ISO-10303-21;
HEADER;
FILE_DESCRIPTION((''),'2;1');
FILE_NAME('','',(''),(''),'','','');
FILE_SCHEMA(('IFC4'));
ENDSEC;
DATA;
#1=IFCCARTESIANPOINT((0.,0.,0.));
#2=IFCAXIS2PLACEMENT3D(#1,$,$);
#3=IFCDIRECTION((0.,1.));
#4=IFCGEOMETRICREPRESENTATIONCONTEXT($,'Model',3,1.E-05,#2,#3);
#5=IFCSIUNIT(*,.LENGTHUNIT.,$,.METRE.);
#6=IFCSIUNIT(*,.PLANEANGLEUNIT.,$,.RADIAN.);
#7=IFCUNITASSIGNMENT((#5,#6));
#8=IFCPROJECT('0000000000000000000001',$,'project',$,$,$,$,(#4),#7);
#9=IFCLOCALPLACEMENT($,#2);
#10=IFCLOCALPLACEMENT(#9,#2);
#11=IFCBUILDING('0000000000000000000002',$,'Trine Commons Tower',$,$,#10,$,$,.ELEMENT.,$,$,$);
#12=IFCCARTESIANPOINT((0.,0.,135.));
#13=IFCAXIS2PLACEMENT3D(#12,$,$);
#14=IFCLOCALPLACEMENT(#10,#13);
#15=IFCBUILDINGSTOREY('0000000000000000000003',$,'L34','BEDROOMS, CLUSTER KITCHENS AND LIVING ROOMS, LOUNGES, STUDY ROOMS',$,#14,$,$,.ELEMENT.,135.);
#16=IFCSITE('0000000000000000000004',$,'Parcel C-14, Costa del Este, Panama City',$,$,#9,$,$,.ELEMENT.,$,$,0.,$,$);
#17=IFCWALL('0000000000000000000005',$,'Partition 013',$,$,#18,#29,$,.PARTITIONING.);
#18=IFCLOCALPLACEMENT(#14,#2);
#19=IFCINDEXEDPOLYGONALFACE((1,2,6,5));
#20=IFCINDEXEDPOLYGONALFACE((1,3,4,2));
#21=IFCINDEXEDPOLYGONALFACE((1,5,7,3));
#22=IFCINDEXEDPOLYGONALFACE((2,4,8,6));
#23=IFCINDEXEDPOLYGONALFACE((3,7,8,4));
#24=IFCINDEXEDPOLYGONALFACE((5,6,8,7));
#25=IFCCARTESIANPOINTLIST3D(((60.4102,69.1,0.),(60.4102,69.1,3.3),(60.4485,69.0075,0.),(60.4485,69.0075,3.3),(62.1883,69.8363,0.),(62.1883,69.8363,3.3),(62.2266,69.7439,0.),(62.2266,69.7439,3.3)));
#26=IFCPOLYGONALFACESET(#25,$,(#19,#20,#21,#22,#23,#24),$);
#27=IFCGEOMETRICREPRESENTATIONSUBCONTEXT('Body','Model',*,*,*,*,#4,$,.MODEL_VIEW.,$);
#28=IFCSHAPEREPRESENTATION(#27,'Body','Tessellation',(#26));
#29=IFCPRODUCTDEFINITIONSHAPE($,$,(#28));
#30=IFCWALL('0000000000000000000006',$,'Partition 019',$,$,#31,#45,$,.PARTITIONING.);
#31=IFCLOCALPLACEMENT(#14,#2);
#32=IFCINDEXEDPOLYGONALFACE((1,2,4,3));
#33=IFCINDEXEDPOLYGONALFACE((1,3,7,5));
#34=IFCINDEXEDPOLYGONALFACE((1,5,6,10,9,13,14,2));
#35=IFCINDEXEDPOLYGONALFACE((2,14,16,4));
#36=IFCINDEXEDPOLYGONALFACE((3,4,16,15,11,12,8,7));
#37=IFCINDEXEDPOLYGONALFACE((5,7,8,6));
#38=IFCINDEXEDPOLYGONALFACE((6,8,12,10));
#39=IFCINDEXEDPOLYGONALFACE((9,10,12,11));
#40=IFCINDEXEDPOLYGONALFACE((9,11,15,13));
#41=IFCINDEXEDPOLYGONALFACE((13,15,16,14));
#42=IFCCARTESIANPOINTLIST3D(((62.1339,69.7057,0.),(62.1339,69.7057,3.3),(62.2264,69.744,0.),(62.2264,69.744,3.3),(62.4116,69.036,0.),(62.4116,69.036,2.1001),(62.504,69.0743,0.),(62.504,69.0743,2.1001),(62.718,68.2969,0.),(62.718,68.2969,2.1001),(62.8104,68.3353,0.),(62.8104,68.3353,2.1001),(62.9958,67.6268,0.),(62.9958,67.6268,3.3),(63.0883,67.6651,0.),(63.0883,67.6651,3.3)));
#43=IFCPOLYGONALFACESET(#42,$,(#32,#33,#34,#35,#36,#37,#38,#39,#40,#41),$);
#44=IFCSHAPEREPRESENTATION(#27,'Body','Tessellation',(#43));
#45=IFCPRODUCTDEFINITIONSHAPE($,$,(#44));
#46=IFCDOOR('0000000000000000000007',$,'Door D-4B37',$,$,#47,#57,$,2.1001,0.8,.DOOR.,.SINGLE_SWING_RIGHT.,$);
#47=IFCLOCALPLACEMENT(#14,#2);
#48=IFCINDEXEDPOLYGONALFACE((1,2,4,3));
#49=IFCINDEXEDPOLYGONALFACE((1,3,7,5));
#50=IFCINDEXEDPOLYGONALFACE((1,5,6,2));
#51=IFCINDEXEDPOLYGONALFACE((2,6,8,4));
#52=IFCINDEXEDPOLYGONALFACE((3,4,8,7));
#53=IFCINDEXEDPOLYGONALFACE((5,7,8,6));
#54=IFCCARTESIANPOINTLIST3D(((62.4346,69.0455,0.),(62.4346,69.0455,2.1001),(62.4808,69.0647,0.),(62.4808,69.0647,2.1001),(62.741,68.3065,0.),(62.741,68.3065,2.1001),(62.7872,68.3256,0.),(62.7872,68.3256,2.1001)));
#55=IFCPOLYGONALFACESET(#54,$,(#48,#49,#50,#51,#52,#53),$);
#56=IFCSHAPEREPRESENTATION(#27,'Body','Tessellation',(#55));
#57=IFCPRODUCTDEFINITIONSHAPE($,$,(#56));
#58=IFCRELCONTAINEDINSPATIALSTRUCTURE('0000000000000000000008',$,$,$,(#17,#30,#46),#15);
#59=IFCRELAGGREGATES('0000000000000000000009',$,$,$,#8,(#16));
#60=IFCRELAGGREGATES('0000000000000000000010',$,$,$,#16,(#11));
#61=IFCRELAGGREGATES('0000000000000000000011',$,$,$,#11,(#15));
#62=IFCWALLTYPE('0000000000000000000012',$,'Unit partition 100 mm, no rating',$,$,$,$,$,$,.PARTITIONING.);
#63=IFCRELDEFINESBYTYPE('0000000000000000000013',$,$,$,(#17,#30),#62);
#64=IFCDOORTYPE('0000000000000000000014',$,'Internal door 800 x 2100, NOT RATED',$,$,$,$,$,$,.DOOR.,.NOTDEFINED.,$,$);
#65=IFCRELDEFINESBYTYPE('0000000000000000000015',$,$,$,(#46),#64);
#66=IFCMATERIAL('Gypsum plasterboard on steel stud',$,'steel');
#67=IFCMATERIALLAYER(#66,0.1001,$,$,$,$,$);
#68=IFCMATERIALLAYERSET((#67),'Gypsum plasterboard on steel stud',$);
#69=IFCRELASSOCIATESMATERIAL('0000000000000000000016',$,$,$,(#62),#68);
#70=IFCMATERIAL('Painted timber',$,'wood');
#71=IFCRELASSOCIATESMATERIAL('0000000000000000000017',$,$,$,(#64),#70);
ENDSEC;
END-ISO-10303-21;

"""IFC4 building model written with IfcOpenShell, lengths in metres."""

from ifc_helpers import new_model, si_unit, direction, frame, frame_2d, origin, place, context, subcontext, project, spatial, rectangle, extrude, material, layer, layer_set, type_object, element, fill, save


model = new_model("IFC4")

# Units and contexts
model_context = context("Model", 3, precision=1e-05, world=origin(), true_north=direction((0.0, 1.0)))
body_context = subcontext(model_context, "Body", "Model", "MODEL_VIEW")
ifc_project = project(units=[si_unit("LENGTHUNIT", "METRE"), si_unit("PLANEANGLEUNIT", "RADIAN")], contexts=[model_context])

# Site, building, storey
site_placement = place(None, origin())
site = spatial("IfcSite", under=ifc_project, at=site_placement, Name="Parcel C-14, Costa del Este, Panama City", CompositionType="ELEMENT", RefElevation=0.0)
building_placement = place(site_placement, origin())
building = spatial("IfcBuilding", under=site, at=building_placement, Name="Trine Commons Tower", CompositionType="ELEMENT")
storey_placement = place(building_placement, frame((0.0, 0.0, 135.0)))
storey = spatial("IfcBuildingStorey", under=building, at=storey_placement, Name="L34", Description="BEDROOMS, CLUSTER KITCHENS AND LIVING ROOMS, LOUNGES, STUDY ROOMS", CompositionType="ELEMENT", Elevation=135.0)

# Shared definitions
ifc_material_1 = material(Name="Gypsum plasterboard on steel stud", Category="steel")

# Shared definitions
ifc_layer_1 = layer(ifc_material_1, 0.1001)
ifc_layer_set_1 = layer_set([ifc_layer_1], Name="Gypsum plasterboard on steel stud")
wall_type_1 = type_object("IfcWallType", Name="Unit partition 100 mm, no rating", PredefinedType="PARTITIONING", material=ifc_layer_set_1)
ifc_material_2 = material(Name="Painted timber", Category="wood")
door_type_1 = type_object("IfcDoorType", Name="Internal door 800 x 2100, NOT RATED", OperationType="NOTDEFINED", PredefinedType="DOOR", material=ifc_material_2)

# Wall
wall_1_placement = place(storey_placement, frame((60.4292, 69.0537, 0.0), z_axis=(0.0, 0.0, 1.0), x_axis=(0.923912, 0.382606, 0.0)))
element("IfcWall", 1, at=wall_1_placement, inside=storey, type_object=wall_type_1, Name="Partition 013", PredefinedType="PARTITIONING", context=body_context, shape_type="SweptSolid", body=[
    extrude(rectangle(XDim=1.9246, YDim=0.1001, at=frame_2d((0.9624, 0.0))), origin(), (0.0, 0.0, 1.0), 3.3),
])

# Wall, opening, door
wall_2_placement = place(storey_placement, frame((62.1802, 69.7249, 0.0), z_axis=(0.0, 0.0, 1.0), x_axis=(0.382959, -0.923766, 0.0)))
wall_2 = element("IfcWall", 2, at=wall_2_placement, inside=storey, type_object=wall_type_1, Name="Partition 019", PredefinedType="PARTITIONING", context=body_context, shape_type="SweptSolid", body=[
    extrude(rectangle(XDim=2.2505, YDim=0.1001, at=frame_2d((1.1252, 0.0))), origin(), (0.0, 0.0, 1.0), 3.3),
])
opening_1_placement = place(wall_2_placement, frame((0.7251, 0.0, 0.0)))
opening_1 = element("IfcOpeningElement", 3, at=opening_1_placement, cuts=wall_2, PredefinedType="OPENING", context=body_context, shape_type="SweptSolid", body=[
    extrude(rectangle(XDim=0.8, YDim=2.1001, at=frame_2d((0.3999, 1.05))), frame((0.0, 0.0601, 0.0), z_axis=(0.0, -1.0, 0.0), x_axis=(1.0, 0.0, 0.0)), (0.0, 0.0, 1.0), 0.1201),
])
door_1_placement = place(opening_1_placement, origin())
door_1 = element("IfcDoor", 4, at=door_1_placement, inside=storey, type_object=door_type_1, Name="Door D-4B37", OperationType="SINGLE_SWING_RIGHT", OverallHeight=2.1001, OverallWidth=0.8, PredefinedType="DOOR", context=body_context, shape_type="SweptSolid", body=[
    extrude(rectangle(XDim=0.8, YDim=2.1001, at=frame_2d((0.3999, 1.05))), frame((0.0, 0.0249, 0.0), z_axis=(0.0, -1.0, 0.0), x_axis=(1.0, 0.0, 0.0)), (0.0, 0.0, 1.0), 0.05),
])
fill(opening_1, door_1)

save(model, "model.ifc")
